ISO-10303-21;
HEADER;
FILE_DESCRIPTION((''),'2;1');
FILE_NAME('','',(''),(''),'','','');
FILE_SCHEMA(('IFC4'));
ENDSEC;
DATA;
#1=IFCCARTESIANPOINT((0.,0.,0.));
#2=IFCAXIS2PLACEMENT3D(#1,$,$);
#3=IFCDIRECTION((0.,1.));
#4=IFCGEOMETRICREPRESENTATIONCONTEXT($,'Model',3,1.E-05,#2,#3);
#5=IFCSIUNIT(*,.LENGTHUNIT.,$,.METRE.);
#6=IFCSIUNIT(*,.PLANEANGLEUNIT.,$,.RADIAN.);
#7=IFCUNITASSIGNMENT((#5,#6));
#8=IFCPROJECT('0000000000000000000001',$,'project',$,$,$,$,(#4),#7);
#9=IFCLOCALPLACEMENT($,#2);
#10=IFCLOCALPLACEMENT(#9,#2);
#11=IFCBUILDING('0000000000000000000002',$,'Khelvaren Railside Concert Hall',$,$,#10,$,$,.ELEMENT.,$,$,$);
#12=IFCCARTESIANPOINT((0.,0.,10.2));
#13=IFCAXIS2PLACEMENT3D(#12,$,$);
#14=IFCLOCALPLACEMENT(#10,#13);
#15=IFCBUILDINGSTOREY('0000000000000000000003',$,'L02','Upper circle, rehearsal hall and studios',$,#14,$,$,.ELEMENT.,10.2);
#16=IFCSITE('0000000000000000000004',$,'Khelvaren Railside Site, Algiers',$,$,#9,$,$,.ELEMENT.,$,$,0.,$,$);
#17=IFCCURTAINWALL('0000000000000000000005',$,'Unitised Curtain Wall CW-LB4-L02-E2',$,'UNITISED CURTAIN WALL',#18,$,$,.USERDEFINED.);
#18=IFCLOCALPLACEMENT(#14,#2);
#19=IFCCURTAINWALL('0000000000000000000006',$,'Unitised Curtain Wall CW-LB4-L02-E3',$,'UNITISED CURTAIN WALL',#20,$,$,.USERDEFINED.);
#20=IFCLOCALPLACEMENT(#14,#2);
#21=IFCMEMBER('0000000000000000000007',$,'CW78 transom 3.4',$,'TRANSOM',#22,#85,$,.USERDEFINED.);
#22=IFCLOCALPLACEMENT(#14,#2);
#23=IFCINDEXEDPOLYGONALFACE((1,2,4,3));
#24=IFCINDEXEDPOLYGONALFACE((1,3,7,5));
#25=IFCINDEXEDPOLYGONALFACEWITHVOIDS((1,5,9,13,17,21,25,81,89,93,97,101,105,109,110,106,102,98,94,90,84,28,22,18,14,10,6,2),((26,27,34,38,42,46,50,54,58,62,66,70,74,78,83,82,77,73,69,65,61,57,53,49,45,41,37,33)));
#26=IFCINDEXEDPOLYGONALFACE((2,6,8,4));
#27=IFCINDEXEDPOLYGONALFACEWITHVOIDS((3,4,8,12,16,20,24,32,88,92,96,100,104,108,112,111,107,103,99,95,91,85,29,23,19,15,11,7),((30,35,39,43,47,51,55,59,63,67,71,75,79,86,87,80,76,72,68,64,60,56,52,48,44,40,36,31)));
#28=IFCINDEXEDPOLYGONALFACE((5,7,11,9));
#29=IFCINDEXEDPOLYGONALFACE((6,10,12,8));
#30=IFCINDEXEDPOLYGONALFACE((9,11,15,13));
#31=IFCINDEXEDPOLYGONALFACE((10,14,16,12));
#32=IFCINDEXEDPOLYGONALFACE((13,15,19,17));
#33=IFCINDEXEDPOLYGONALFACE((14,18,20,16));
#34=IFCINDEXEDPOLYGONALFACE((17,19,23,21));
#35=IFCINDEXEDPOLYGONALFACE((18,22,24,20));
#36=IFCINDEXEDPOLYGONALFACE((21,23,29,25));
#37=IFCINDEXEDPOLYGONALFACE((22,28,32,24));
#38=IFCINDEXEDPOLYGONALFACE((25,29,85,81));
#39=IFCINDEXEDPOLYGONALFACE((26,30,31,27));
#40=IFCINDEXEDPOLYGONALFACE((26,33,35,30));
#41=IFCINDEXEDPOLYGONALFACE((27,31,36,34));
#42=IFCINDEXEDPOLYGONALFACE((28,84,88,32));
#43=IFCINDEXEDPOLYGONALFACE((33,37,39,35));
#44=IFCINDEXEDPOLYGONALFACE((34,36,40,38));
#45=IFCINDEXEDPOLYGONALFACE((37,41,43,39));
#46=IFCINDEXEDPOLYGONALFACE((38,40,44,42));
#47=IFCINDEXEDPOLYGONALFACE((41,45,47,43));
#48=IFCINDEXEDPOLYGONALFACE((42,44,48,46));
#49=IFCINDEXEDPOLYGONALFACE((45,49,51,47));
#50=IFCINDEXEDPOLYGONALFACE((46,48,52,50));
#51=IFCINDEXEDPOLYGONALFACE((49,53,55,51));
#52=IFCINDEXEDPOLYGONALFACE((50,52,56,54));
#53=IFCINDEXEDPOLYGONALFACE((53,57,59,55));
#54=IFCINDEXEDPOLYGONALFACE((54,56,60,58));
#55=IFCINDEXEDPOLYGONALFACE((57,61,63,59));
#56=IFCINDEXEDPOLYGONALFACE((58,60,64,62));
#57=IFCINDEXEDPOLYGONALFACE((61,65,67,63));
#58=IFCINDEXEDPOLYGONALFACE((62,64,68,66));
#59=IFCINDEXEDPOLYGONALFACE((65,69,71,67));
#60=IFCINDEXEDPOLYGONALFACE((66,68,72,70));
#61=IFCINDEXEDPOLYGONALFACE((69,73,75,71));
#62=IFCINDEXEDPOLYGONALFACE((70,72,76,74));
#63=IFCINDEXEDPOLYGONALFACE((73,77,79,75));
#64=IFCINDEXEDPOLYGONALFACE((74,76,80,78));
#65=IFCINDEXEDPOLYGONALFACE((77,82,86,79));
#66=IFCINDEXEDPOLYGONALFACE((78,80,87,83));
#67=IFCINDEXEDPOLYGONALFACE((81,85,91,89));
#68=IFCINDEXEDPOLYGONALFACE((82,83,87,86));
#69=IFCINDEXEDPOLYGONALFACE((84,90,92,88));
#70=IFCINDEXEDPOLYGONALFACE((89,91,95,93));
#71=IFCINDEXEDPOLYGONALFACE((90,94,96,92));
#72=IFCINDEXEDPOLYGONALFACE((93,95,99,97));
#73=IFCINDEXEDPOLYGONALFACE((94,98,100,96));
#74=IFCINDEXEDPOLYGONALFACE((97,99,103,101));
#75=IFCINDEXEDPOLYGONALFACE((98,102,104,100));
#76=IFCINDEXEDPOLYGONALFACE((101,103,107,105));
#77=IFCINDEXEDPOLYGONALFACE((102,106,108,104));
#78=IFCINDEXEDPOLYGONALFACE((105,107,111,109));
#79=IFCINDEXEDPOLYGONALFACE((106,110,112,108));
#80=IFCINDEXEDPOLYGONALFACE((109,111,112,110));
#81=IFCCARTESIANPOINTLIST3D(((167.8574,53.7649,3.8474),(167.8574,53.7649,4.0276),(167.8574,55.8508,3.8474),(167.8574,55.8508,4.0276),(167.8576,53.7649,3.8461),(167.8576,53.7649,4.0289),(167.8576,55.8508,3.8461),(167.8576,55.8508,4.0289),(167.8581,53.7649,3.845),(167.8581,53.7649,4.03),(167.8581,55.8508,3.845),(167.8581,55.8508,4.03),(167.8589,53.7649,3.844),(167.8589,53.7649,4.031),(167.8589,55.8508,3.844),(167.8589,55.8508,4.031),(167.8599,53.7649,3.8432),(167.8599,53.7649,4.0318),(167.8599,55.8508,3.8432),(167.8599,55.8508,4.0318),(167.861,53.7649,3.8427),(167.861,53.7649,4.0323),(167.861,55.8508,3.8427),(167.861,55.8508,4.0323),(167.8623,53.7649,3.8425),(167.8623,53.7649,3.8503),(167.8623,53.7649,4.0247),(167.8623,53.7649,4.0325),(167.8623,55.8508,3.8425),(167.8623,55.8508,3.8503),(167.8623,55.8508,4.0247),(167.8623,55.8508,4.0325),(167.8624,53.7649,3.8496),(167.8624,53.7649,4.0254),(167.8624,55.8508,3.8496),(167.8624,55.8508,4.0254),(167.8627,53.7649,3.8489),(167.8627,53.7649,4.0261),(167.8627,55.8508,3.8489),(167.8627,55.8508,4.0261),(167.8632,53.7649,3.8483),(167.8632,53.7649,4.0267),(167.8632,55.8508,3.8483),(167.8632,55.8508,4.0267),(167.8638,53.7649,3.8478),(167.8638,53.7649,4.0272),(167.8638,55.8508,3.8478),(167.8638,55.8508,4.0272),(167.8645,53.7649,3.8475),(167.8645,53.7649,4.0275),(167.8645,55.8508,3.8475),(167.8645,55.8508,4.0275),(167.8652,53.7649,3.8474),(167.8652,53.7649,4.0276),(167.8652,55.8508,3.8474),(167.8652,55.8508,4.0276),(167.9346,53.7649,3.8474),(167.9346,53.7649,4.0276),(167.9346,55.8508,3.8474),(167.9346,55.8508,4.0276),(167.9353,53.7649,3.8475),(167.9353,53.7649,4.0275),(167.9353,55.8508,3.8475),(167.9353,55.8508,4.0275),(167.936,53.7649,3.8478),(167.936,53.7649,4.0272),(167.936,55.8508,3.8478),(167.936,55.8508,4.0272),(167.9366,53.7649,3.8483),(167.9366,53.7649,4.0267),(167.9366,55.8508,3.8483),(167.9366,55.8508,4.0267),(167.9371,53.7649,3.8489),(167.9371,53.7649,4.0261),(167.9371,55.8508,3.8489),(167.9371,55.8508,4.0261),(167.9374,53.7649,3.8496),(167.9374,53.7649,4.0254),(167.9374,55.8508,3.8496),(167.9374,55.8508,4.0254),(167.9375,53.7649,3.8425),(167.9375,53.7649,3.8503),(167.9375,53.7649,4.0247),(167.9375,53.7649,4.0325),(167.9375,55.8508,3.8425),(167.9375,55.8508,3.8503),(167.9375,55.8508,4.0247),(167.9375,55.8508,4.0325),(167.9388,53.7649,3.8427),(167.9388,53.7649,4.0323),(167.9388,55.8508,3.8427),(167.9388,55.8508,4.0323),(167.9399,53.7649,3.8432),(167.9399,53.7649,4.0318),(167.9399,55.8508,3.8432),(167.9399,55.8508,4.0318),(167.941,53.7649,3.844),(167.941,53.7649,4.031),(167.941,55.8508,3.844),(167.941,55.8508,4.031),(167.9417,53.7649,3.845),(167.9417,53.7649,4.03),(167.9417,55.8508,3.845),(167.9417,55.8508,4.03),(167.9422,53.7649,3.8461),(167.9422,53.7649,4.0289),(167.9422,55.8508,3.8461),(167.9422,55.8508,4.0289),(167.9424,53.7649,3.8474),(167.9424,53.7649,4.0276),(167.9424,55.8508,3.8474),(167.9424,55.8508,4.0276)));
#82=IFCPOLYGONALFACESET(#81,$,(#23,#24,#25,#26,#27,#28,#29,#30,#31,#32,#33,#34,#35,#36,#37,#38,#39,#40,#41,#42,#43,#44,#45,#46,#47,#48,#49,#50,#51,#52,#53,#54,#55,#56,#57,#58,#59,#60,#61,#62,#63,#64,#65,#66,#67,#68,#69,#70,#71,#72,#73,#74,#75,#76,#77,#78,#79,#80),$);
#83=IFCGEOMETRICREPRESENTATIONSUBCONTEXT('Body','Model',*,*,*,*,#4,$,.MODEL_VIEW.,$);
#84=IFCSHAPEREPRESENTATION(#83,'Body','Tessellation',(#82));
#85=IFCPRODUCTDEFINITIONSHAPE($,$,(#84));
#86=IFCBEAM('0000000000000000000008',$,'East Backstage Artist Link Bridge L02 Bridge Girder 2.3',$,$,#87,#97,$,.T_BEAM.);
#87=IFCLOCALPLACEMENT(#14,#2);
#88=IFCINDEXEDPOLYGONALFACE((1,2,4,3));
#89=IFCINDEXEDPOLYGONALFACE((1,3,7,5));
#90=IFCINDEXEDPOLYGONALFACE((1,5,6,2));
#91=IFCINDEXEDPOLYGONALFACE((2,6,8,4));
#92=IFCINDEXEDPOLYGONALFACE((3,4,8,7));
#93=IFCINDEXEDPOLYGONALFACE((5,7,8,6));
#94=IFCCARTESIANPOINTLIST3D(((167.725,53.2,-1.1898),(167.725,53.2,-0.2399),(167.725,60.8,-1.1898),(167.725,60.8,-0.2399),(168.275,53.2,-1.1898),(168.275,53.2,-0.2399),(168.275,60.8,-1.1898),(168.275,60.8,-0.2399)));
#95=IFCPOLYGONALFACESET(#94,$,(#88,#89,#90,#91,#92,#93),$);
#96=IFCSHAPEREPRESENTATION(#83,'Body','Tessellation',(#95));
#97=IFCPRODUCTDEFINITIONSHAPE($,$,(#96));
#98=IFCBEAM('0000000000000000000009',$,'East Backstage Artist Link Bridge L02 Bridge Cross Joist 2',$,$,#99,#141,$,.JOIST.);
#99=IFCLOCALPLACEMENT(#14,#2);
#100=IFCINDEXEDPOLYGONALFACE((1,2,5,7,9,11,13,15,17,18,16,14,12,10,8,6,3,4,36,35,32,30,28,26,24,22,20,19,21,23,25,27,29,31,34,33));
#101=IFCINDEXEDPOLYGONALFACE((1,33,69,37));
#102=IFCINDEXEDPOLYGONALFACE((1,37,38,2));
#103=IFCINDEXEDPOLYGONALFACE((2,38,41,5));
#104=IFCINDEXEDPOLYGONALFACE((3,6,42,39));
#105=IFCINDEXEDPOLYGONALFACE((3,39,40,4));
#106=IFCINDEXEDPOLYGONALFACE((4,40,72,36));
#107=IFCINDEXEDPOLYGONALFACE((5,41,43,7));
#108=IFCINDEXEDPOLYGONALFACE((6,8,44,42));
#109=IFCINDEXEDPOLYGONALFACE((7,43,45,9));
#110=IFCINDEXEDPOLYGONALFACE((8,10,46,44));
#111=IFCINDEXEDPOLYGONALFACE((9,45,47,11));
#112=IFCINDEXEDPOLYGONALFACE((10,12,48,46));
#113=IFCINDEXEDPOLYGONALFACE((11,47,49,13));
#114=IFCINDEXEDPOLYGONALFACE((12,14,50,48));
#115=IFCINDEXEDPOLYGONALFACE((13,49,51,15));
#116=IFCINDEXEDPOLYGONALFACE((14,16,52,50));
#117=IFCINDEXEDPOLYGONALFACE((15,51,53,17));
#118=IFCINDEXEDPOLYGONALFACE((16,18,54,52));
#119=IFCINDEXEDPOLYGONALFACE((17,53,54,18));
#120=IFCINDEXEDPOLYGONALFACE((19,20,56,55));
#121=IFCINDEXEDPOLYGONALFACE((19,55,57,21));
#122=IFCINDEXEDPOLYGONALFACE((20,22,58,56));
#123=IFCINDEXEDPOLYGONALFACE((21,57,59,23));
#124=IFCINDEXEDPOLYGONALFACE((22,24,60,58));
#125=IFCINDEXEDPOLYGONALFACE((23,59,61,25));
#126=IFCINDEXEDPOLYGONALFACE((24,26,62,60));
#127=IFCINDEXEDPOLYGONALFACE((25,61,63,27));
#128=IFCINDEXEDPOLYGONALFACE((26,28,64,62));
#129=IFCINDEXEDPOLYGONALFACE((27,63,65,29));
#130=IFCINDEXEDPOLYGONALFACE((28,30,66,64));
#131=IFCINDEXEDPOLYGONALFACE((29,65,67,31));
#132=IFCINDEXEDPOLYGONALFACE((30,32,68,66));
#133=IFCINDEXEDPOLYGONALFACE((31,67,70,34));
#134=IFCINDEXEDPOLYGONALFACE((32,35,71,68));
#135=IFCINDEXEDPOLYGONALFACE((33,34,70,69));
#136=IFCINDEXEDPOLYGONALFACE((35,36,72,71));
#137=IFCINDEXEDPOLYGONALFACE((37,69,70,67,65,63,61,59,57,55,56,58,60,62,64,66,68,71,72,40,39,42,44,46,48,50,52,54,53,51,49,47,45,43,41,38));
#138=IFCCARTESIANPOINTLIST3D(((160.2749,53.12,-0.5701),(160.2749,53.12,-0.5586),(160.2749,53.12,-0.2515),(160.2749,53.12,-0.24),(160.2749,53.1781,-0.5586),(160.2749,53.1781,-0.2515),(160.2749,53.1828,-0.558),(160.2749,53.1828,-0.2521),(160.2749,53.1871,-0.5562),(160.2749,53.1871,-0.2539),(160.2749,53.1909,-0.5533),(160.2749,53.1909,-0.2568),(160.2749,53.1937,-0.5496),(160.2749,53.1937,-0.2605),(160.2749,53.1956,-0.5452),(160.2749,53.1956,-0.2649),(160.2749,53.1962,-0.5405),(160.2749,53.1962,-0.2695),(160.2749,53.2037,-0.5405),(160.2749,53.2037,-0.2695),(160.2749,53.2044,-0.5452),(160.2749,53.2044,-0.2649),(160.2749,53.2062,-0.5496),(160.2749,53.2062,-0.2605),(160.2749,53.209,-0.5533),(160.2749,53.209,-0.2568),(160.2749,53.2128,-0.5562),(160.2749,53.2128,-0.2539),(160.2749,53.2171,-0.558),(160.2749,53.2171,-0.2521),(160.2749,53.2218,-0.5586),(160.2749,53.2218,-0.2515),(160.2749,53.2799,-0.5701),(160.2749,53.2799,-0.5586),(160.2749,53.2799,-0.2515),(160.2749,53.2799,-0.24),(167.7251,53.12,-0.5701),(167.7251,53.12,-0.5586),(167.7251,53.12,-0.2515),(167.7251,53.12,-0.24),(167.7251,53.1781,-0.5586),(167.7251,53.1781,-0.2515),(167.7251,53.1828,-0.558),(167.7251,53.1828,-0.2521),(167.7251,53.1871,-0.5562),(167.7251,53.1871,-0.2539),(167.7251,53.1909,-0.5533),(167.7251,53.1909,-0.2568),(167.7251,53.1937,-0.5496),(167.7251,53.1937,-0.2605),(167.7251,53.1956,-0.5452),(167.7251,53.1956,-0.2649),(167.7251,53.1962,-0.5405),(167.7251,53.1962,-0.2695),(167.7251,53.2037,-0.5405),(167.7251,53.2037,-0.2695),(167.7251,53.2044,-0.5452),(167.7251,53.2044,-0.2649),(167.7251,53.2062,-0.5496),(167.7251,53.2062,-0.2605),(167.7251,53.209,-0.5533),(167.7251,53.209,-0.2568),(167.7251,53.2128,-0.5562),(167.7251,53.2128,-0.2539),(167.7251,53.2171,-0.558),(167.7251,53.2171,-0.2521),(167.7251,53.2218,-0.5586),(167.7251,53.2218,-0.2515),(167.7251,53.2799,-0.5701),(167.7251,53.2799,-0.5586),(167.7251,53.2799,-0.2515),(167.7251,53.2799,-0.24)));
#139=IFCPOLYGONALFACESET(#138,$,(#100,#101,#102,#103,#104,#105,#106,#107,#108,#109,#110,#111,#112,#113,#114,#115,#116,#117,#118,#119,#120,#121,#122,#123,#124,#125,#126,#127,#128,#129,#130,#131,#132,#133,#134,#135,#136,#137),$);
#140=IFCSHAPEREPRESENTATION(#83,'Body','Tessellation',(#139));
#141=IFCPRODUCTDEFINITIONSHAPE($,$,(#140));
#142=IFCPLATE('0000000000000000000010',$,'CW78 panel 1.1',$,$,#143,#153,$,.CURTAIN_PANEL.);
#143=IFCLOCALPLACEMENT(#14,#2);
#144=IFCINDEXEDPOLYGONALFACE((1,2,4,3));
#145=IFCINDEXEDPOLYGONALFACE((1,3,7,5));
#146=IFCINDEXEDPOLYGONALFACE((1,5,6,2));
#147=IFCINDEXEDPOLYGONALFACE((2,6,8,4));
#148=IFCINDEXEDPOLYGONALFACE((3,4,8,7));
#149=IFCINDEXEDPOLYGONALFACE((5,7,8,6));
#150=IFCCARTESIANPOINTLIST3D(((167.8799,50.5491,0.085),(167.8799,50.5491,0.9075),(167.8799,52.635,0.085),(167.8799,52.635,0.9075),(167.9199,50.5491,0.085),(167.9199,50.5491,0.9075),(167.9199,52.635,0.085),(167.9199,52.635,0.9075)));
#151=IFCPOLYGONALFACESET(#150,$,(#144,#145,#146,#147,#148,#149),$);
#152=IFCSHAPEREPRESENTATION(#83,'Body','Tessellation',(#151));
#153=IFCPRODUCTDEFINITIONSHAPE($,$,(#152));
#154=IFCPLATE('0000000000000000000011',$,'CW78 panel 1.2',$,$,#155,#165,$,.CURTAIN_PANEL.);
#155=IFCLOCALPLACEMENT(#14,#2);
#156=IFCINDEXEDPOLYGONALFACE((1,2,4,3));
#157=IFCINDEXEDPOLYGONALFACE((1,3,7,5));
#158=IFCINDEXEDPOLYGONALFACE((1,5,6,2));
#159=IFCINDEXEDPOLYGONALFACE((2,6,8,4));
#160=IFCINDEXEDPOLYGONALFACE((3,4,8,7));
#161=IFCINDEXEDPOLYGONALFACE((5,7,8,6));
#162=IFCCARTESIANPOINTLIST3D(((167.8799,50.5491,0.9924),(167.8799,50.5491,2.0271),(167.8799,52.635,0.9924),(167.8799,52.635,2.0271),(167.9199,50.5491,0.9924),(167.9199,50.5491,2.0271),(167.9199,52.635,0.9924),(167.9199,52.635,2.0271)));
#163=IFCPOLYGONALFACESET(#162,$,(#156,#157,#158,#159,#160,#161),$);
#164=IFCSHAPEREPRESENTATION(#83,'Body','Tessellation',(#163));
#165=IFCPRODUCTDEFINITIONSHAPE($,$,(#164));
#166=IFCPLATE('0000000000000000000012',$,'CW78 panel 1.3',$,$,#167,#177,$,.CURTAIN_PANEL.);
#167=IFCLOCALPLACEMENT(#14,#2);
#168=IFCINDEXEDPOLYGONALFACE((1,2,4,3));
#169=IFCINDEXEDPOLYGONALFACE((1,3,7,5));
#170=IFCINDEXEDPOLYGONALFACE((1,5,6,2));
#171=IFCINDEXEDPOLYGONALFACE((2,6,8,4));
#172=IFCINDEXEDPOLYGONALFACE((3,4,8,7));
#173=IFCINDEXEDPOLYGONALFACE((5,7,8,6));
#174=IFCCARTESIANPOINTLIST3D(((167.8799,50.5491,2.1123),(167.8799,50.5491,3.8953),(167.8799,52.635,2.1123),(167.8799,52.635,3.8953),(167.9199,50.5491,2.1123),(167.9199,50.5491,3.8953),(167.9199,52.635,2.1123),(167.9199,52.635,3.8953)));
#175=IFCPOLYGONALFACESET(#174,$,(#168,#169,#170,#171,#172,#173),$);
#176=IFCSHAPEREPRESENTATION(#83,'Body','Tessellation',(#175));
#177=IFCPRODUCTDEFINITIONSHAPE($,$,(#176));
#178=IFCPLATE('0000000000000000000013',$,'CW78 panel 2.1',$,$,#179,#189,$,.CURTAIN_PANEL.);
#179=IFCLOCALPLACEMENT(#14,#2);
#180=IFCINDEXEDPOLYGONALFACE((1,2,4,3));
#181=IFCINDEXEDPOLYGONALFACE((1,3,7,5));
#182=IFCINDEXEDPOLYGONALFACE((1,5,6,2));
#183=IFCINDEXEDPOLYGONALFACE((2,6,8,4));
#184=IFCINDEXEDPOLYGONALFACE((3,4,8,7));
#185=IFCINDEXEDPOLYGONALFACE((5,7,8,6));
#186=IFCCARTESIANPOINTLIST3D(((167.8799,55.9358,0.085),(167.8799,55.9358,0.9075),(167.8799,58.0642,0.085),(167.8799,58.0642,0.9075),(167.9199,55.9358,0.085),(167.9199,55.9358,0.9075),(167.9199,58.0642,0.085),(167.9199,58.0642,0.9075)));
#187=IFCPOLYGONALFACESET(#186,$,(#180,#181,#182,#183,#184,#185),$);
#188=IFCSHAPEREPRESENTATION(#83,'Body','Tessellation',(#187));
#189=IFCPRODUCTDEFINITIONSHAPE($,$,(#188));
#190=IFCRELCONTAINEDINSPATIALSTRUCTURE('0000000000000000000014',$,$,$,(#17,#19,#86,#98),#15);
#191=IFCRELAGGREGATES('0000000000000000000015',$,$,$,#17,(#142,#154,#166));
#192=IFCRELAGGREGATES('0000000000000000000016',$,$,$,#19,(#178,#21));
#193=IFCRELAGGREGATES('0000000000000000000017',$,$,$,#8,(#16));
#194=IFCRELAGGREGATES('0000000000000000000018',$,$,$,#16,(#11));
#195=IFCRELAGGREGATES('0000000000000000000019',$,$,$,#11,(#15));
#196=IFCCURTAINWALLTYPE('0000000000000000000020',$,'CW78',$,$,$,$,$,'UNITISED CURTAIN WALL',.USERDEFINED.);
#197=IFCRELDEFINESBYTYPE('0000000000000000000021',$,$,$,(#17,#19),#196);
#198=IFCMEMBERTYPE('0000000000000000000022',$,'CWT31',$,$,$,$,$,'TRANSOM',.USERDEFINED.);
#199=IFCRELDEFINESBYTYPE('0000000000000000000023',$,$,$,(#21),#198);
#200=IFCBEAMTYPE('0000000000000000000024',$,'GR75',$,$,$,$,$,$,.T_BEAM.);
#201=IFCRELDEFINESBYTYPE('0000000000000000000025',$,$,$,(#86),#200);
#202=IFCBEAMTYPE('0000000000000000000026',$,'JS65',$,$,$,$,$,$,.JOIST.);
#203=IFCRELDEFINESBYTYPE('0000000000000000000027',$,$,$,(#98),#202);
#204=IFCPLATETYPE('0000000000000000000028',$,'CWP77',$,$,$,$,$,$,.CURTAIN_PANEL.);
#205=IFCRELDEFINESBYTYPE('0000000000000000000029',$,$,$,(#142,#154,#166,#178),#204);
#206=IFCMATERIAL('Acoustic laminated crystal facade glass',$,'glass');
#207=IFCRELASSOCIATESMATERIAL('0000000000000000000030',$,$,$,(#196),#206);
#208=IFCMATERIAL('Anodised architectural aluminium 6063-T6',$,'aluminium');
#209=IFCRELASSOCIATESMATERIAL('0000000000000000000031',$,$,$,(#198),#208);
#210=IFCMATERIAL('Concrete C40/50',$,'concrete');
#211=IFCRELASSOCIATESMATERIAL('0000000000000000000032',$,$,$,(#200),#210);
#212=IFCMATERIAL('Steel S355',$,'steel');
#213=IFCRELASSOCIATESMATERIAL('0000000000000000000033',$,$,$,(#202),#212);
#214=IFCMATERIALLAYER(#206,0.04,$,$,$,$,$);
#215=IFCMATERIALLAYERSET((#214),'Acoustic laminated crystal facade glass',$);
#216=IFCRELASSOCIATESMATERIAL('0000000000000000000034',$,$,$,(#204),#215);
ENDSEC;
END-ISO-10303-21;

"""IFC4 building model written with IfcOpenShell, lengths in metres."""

from ifc_helpers import new_model, si_unit, direction, frame, origin, origin_2d, place, context, subcontext, project, spatial, rectangle, hollow_rectangle, i_section, extrude, material, layer, layer_set, material_profile, profile_set, type_object, element, aggregate, save


model = new_model("IFC4")

# Units and contexts
model_context = context("Model", 3, precision=1e-05, world=origin(), true_north=direction((0.0, 1.0)))
body_context = subcontext(model_context, "Body", "Model", "MODEL_VIEW")
ifc_project = project(units=[si_unit("LENGTHUNIT", "METRE"), si_unit("PLANEANGLEUNIT", "RADIAN")], contexts=[model_context])

# Site, building, storey
site_placement = place(None, origin())
site = spatial("IfcSite", under=ifc_project, at=site_placement, Name="Khelvaren Railside Site, Algiers", CompositionType="ELEMENT", RefElevation=0.0)
building_placement = place(site_placement, origin())
building = spatial("IfcBuilding", under=site, at=building_placement, Name="Khelvaren Railside Concert Hall", CompositionType="ELEMENT")
storey_placement = place(building_placement, frame((0.0, 0.0, 10.2)))
storey = spatial("IfcBuildingStorey", under=building, at=storey_placement, Name="L02", Description="Upper circle, rehearsal hall and studios", CompositionType="ELEMENT", Elevation=10.2)

# Shared definitions
ifc_material_1 = material(Name="Steel S355", Category="steel")

# Curtain walls
ifc_material_2 = material(Name="Acoustic laminated crystal facade glass", Category="glass")
curtain_wall_type = type_object("IfcCurtainWallType", Name="CW78", ElementType="UNITISED CURTAIN WALL", PredefinedType="USERDEFINED", material=ifc_material_2)
curtain_wall_1_placement = place(storey_placement, origin())
curtain_wall_1 = element("IfcCurtainWall", 1, at=curtain_wall_1_placement, inside=storey, type_object=curtain_wall_type, Name="Unitised Curtain Wall CW-LB4-L02-E2", ObjectType="UNITISED CURTAIN WALL", PredefinedType="USERDEFINED")
ifc_material_3 = material(Name="Anodised architectural aluminium 6063-T6", Category="aluminium")
curtain_wall_2_placement = place(storey_placement, origin())
curtain_wall_2 = element("IfcCurtainWall", 2, at=curtain_wall_2_placement, inside=storey, type_object=curtain_wall_type, Name="Unitised Curtain Wall CW-LB4-L02-E3", ObjectType="UNITISED CURTAIN WALL", PredefinedType="USERDEFINED")

# Member
ifc_material_profile_1 = material_profile(ifc_material_3, hollow_rectangle(XDim=0.085, YDim=0.1899, WallThickness=0.0049, InnerFilletRadius=0.0029, OuterFilletRadius=0.0049, at=origin_2d()), Name="CWT 85x190x5")
ifc_profile_set_1 = profile_set([ifc_material_profile_1], Name="Anodised architectural aluminium 6063-T6")
member_type_1 = type_object("IfcMemberType", Name="CWT31", ElementType="TRANSOM", PredefinedType="USERDEFINED", material=ifc_profile_set_1)
member_1_placement = place(storey_placement, frame((167.8999, 55.8508, 3.9375), z_axis=(0.0, -1.0, 0.0), x_axis=(1.0, 0.0, 0.0)))
member_1 = element("IfcMember", 3, at=member_1_placement, type_object=member_type_1, Name="CW78 transom 3.4", ObjectType="TRANSOM", PredefinedType="USERDEFINED", context=body_context, shape_type="SweptSolid", body=[
    extrude(hollow_rectangle(XDim=0.085, YDim=0.1899, WallThickness=0.0049, InnerFilletRadius=0.0029, OuterFilletRadius=0.0049, at=origin_2d()), origin(), (0.0, 0.0, 1.0), 2.0859),
])

# Beams
ifc_material_4 = material(Name="Concrete C40/50", Category="concrete")
ifc_material_profile_2 = material_profile(ifc_material_4, rectangle(XDim=0.55, YDim=0.95, at=origin_2d()), Name="RCB 550x950")
ifc_profile_set_2 = profile_set([ifc_material_profile_2], Name="Concrete C40/50")
beam_type_1 = type_object("IfcBeamType", Name="GR75", PredefinedType="T_BEAM", material=ifc_profile_set_2)
beam_1_placement = place(storey_placement, frame((168.0, 53.2, -0.7148), z_axis=(0.0, 1.0, 0.0), x_axis=(-1.0, 0.0, 0.0)))
element("IfcBeam", 4, at=beam_1_placement, inside=storey, type_object=beam_type_1, Name="East Backstage Artist Link Bridge L02 Bridge Girder 2.3", PredefinedType="T_BEAM", context=body_context, shape_type="SweptSolid", body=[
    extrude(rectangle(XDim=0.55, YDim=0.95, at=origin_2d()), origin(), (0.0, 0.0, 1.0), 7.6001),
])
ifc_material_profile_3 = material_profile(ifc_material_1, i_section(OverallWidth=0.1599, OverallDepth=0.3301, WebThickness=0.0076, FlangeThickness=0.0115, FilletRadius=0.0181, at=origin_2d()), Name="IPE 330")
ifc_profile_set_3 = profile_set([ifc_material_profile_3], Name="Steel S355")
beam_type_2 = type_object("IfcBeamType", Name="JS65", PredefinedType="JOIST", material=ifc_profile_set_3)
beam_2_placement = place(storey_placement, frame((160.2749, 53.2, -0.405), z_axis=(1.0, 0.0, 0.0), x_axis=(0.0, 1.0, 0.0)))
element("IfcBeam", 5, at=beam_2_placement, inside=storey, type_object=beam_type_2, Name="East Backstage Artist Link Bridge L02 Bridge Cross Joist 2", PredefinedType="JOIST", context=body_context, shape_type="SweptSolid", body=[
    extrude(i_section(OverallWidth=0.1599, OverallDepth=0.3301, WebThickness=0.0076, FlangeThickness=0.0115, FilletRadius=0.0181, at=origin_2d()), origin(), (0.0, 0.0, 1.0), 7.4502),
])

# Plates
ifc_layer = layer(ifc_material_2, 0.04)
ifc_layer_set = layer_set([ifc_layer], Name="Acoustic laminated crystal facade glass")
plate_type = type_object("IfcPlateType", Name="CWP77", PredefinedType="CURTAIN_PANEL", material=ifc_layer_set)
plate_1_placement = place(storey_placement, frame((167.8999, 51.592, 0.085), z_axis=(0.0, 0.0, 1.0), x_axis=(0.0, -1.0, 0.0)))
plate_1 = element("IfcPlate", 6, at=plate_1_placement, type_object=plate_type, Name="CW78 panel 1.1", PredefinedType="CURTAIN_PANEL", context=body_context, shape_type="SweptSolid", body=[
    extrude(rectangle(XDim=2.0859, YDim=0.04, at=origin_2d()), origin(), (0.0, 0.0, 1.0), 0.8225),
])
plate_2_placement = place(storey_placement, frame((167.8999, 51.592, 0.9924), z_axis=(0.0, 0.0, 1.0), x_axis=(0.0, -1.0, 0.0)))
plate_2 = element("IfcPlate", 7, at=plate_2_placement, type_object=plate_type, Name="CW78 panel 1.2", PredefinedType="CURTAIN_PANEL", context=body_context, shape_type="SweptSolid", body=[
    extrude(rectangle(XDim=2.0859, YDim=0.04, at=origin_2d()), origin(), (0.0, 0.0, 1.0), 1.0347),
])
plate_3_placement = place(storey_placement, frame((167.8999, 51.592, 2.1123), z_axis=(0.0, 0.0, 1.0), x_axis=(0.0, -1.0, 0.0)))
plate_3 = element("IfcPlate", 8, at=plate_3_placement, type_object=plate_type, Name="CW78 panel 1.3", PredefinedType="CURTAIN_PANEL", context=body_context, shape_type="SweptSolid", body=[
    extrude(rectangle(XDim=2.0859, YDim=0.04, at=origin_2d()), origin(), (0.0, 0.0, 1.0), 1.783),
])
aggregate(curtain_wall_1, [plate_1, plate_2, plate_3])
plate_4_placement = place(storey_placement, frame((167.8999, 57.0, 0.085), z_axis=(0.0, 0.0, 1.0), x_axis=(0.0, -1.0, 0.0)))
plate_4 = element("IfcPlate", 9, at=plate_4_placement, type_object=plate_type, Name="CW78 panel 2.1", PredefinedType="CURTAIN_PANEL", context=body_context, shape_type="SweptSolid", body=[
    extrude(rectangle(XDim=2.1284, YDim=0.04, at=origin_2d()), origin(), (0.0, 0.0, 1.0), 0.8225),
])
aggregate(curtain_wall_2, [plate_4, member_1])

save(model, "model.ifc")
